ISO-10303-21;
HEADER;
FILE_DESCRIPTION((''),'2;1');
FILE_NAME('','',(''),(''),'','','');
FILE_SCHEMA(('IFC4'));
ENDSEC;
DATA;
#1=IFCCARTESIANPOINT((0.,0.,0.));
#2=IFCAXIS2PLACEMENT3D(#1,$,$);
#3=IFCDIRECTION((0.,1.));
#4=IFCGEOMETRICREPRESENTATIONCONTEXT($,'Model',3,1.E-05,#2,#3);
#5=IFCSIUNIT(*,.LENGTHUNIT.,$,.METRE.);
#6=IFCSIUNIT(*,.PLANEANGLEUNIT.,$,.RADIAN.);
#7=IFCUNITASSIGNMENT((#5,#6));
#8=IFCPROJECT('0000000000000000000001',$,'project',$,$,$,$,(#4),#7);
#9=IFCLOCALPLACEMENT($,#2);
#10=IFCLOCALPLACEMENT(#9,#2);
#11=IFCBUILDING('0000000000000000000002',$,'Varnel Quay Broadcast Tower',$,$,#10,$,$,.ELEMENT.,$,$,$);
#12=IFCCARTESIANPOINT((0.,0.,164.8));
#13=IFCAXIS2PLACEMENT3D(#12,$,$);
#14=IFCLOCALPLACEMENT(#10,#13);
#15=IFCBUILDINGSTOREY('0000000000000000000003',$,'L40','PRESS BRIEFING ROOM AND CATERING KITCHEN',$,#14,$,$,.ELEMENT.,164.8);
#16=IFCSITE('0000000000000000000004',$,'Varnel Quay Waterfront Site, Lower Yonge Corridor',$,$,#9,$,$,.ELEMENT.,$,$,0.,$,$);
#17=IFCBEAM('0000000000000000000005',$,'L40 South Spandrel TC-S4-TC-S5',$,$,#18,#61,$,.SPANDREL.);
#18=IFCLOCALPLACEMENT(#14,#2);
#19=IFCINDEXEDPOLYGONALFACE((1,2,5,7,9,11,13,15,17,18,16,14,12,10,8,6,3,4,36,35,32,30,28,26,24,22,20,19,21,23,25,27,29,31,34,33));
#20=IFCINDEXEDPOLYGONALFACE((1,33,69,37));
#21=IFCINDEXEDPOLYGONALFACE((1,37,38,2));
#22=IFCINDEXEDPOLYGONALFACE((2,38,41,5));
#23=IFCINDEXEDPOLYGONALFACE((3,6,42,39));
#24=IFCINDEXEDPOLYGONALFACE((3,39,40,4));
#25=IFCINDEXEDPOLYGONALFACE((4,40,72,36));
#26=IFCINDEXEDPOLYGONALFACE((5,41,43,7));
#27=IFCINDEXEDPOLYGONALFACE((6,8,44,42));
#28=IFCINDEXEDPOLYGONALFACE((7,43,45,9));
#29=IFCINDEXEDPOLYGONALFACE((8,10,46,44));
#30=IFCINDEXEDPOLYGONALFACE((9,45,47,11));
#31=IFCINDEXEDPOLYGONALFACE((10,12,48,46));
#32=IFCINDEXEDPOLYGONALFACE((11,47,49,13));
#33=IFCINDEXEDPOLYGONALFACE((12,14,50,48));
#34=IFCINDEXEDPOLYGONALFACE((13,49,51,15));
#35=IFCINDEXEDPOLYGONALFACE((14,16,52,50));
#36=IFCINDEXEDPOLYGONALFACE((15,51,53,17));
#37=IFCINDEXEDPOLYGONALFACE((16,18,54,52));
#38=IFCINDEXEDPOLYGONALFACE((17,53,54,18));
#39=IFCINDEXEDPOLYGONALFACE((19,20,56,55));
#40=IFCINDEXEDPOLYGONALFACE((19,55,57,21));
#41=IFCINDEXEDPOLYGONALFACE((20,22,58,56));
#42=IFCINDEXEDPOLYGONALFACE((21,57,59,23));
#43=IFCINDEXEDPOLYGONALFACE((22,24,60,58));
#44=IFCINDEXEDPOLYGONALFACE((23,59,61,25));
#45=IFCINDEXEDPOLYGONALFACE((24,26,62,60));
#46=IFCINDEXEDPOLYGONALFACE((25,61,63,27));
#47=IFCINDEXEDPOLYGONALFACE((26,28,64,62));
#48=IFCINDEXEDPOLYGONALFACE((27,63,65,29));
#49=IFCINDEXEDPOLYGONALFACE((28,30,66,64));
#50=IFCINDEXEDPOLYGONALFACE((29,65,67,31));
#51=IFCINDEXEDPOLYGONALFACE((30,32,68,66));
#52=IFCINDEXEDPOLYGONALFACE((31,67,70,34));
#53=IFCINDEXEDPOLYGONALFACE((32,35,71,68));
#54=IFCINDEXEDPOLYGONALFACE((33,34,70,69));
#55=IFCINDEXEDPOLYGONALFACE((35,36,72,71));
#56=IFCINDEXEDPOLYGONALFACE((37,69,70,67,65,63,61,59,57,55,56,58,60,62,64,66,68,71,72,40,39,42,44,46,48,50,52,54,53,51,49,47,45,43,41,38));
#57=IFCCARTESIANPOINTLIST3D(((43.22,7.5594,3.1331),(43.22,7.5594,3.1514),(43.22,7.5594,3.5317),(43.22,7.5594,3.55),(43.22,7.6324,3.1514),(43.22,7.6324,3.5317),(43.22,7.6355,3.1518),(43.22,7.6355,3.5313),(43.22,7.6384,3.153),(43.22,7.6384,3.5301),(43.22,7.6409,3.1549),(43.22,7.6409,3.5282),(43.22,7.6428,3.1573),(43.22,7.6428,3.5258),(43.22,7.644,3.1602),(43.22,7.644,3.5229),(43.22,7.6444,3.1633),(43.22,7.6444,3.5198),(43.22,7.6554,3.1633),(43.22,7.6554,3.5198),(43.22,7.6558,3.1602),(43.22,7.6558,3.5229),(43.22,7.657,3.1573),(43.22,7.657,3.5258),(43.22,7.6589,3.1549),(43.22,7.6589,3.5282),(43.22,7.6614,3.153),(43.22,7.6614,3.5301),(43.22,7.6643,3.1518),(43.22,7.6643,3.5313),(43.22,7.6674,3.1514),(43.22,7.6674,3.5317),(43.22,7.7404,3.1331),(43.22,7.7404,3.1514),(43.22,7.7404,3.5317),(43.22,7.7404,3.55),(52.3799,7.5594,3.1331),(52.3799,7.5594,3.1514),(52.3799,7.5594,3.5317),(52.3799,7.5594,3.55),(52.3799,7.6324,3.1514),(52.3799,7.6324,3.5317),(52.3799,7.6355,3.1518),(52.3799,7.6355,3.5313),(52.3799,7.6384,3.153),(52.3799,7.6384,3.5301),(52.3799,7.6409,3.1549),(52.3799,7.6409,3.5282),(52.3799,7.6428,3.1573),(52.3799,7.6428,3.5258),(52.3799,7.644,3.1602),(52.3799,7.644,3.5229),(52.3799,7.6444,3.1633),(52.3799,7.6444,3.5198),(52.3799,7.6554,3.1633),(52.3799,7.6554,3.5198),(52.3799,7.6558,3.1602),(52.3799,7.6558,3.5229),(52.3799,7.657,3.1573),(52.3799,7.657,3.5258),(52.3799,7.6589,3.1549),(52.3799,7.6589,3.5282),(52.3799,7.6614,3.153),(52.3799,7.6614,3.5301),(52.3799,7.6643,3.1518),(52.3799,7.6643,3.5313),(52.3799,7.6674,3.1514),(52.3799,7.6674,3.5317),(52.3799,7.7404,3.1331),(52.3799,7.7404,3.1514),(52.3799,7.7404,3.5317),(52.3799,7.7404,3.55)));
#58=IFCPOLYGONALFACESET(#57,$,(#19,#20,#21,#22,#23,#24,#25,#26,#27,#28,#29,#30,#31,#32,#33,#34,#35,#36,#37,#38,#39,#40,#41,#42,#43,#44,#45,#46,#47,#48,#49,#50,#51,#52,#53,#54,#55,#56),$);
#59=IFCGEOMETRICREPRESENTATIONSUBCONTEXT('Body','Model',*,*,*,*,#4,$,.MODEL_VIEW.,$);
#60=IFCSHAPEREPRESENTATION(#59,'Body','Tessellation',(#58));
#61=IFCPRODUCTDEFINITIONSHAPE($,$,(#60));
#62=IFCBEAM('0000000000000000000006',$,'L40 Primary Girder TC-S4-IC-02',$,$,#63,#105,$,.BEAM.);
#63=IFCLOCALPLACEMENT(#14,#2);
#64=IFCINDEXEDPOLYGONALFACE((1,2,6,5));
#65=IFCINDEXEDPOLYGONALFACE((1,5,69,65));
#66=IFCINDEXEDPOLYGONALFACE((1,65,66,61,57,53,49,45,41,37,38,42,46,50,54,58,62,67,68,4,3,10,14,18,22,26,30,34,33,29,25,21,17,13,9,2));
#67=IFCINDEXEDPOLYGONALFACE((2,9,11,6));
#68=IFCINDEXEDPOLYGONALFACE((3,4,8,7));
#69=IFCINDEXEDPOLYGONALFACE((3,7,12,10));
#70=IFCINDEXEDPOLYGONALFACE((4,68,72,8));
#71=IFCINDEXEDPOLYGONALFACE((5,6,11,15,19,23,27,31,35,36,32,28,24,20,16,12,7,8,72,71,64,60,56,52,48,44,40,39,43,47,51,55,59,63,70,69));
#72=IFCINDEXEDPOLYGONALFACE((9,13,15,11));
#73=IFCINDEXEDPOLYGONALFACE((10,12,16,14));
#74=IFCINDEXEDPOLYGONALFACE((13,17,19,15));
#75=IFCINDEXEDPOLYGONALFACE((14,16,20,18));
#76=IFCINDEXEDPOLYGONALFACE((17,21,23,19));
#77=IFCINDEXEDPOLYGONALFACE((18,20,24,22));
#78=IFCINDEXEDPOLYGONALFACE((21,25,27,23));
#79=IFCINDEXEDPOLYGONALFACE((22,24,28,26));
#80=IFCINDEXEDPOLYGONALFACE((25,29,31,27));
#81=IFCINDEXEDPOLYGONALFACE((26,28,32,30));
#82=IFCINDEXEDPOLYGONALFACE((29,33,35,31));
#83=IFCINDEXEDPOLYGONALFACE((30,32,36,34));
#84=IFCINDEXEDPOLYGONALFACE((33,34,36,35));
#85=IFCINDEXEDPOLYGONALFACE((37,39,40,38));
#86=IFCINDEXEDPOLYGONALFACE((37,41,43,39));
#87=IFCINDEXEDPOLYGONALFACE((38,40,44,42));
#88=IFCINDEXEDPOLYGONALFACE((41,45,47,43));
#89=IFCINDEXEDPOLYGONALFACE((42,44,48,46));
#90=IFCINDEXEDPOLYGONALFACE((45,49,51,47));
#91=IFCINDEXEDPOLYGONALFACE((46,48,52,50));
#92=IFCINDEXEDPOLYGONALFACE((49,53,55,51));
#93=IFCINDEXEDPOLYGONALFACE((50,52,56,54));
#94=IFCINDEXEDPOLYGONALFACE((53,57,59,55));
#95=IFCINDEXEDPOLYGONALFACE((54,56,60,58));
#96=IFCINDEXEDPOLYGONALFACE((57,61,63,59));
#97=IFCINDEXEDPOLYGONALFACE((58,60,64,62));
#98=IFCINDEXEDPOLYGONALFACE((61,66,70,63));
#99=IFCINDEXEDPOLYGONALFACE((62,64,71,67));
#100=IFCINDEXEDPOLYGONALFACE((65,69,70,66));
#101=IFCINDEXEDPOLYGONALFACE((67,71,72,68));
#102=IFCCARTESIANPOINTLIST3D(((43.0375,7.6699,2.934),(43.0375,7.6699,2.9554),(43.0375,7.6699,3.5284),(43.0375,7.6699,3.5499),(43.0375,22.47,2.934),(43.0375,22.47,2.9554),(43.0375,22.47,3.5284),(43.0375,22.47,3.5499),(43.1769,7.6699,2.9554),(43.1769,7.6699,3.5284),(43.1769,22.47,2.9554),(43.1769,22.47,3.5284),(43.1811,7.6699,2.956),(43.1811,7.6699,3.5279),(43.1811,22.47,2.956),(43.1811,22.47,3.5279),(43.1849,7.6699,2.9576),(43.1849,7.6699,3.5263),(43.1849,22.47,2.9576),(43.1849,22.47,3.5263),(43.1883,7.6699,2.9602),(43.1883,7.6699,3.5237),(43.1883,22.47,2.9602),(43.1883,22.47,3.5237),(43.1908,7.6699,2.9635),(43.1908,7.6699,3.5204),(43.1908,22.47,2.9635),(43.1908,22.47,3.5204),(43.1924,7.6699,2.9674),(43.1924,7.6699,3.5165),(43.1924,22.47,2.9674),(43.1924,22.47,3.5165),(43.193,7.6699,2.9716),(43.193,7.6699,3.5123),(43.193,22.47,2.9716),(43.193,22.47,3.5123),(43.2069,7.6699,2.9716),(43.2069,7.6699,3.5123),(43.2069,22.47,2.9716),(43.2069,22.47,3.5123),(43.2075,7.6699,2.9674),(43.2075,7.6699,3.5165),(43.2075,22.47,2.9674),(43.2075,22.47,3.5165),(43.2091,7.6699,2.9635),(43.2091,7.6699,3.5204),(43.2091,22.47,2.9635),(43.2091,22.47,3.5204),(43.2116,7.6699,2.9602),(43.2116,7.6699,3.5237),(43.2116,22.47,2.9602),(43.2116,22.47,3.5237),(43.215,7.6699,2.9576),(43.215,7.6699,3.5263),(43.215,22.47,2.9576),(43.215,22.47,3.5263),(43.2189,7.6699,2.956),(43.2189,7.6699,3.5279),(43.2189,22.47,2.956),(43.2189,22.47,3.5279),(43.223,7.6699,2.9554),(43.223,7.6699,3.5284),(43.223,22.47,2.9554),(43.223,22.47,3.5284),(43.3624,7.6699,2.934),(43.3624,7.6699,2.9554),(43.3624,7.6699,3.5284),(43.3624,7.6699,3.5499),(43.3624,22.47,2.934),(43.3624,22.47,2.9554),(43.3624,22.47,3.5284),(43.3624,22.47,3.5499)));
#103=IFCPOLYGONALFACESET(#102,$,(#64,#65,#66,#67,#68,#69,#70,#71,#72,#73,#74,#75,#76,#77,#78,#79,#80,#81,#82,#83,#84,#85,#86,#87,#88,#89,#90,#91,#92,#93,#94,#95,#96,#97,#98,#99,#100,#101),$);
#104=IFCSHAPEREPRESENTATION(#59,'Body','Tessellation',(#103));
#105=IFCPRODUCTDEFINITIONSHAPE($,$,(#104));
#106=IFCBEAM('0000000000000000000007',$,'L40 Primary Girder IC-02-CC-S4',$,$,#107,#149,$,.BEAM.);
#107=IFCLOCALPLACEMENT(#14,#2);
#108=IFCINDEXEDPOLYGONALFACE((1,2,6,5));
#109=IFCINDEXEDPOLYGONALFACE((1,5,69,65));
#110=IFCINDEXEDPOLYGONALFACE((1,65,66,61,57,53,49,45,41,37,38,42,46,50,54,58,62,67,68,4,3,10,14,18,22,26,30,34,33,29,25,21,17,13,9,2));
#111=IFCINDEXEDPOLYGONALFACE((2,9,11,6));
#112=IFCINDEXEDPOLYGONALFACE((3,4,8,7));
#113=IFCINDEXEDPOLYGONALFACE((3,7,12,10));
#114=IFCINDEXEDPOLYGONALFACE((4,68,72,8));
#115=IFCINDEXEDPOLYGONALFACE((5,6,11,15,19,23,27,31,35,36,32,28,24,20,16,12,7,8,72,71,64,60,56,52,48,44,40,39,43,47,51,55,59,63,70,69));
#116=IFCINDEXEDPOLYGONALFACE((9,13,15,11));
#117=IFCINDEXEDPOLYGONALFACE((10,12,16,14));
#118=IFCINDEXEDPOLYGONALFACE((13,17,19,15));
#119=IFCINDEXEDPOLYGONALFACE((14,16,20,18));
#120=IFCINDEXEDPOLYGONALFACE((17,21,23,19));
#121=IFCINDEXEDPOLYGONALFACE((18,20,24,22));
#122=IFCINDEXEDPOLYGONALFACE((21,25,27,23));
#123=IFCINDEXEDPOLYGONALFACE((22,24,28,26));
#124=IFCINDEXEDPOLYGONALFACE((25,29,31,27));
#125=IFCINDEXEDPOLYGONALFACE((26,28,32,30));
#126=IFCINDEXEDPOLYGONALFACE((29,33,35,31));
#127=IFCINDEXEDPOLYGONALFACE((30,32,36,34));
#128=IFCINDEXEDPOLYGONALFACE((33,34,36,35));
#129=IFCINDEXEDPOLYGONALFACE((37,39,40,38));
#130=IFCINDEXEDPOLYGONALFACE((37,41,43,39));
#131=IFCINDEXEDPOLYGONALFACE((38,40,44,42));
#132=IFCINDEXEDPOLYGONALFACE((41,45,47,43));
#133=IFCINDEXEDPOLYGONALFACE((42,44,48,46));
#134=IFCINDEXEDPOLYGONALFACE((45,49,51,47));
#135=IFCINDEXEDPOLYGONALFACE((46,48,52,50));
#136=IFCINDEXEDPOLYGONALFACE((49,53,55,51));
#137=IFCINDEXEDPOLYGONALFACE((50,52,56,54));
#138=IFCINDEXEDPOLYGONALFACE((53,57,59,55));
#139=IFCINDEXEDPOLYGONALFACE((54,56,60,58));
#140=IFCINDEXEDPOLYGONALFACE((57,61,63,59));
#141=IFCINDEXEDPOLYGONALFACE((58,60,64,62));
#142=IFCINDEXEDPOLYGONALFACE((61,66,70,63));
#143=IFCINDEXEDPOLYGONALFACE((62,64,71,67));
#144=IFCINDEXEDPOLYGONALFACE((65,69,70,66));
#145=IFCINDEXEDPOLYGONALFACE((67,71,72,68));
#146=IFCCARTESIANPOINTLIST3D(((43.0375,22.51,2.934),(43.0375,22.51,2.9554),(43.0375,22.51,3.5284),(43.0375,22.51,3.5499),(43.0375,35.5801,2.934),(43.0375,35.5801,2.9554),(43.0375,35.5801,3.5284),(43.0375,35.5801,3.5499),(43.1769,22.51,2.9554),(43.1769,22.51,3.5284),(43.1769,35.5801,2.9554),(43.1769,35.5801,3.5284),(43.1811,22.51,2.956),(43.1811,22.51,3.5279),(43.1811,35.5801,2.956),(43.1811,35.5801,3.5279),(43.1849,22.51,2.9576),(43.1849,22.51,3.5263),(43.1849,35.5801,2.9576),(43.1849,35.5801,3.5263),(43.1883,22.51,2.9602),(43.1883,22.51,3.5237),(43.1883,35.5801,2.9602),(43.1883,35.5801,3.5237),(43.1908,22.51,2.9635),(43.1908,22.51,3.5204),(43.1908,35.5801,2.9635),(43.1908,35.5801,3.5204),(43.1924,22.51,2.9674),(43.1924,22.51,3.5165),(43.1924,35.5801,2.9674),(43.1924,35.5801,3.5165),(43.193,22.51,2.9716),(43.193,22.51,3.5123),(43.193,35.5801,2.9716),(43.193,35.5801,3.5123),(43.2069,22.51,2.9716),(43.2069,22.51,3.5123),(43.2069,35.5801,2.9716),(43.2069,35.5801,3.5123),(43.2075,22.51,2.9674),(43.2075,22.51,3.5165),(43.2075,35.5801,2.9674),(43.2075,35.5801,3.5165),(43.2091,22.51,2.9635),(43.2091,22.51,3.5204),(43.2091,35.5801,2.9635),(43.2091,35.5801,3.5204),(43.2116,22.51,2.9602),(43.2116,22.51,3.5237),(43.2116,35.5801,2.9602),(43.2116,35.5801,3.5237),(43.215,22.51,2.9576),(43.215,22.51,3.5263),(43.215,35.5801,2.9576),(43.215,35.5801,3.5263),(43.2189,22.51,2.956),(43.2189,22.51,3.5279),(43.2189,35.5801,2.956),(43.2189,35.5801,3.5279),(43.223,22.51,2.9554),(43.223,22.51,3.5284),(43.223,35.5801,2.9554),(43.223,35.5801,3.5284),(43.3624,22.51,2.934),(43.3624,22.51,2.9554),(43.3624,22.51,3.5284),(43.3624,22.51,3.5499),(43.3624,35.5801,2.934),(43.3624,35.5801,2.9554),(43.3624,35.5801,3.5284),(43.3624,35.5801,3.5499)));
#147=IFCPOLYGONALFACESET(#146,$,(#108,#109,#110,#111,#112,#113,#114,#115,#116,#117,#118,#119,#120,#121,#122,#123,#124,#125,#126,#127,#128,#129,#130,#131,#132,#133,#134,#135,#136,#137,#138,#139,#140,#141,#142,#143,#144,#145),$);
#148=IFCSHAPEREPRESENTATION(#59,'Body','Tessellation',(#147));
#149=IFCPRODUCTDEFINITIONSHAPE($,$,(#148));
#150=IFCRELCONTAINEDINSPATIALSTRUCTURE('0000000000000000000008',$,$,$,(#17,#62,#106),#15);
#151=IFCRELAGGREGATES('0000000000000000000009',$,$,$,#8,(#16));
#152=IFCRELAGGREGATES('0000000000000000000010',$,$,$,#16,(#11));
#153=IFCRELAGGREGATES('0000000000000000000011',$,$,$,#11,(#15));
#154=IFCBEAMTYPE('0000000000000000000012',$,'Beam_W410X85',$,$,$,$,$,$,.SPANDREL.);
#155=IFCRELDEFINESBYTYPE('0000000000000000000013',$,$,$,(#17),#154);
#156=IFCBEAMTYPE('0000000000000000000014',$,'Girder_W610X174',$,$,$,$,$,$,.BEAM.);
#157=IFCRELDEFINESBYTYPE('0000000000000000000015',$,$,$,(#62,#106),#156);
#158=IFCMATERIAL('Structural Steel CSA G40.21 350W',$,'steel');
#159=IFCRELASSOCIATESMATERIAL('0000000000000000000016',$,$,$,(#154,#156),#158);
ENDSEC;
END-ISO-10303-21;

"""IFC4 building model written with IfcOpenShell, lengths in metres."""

from ifc_helpers import new_model, si_unit, direction, frame, origin, origin_2d, place, context, subcontext, project, spatial, i_section, extrude, source, transform, mapped, material, material_profile, profile_set, type_object, type_shapes, element, save


model = new_model("IFC4")

# Units and contexts
model_context = context("Model", 3, precision=1e-05, world=origin(), true_north=direction((0.0, 1.0)))
body_context = subcontext(model_context, "Body", "Model", "MODEL_VIEW")
ifc_project = project(units=[si_unit("LENGTHUNIT", "METRE"), si_unit("PLANEANGLEUNIT", "RADIAN")], contexts=[model_context])

# Site, building, storey
site_placement = place(None, origin())
site = spatial("IfcSite", under=ifc_project, at=site_placement, Name="Varnel Quay Waterfront Site, Lower Yonge Corridor", CompositionType="ELEMENT", RefElevation=0.0)
building_placement = place(site_placement, origin())
building = spatial("IfcBuilding", under=site, at=building_placement, Name="Varnel Quay Broadcast Tower", CompositionType="ELEMENT")
storey_placement = place(building_placement, frame((0.0, 0.0, 164.8)))
storey = spatial("IfcBuildingStorey", under=building, at=storey_placement, Name="L40", Description="PRESS BRIEFING ROOM AND CATERING KITCHEN", CompositionType="ELEMENT", Elevation=164.8)

# Shared definitions
ifc_material_1 = material(Name="Structural Steel CSA G40.21 350W", Category="steel")

# Beams
ifc_material_profile_1 = material_profile(ifc_material_1, i_section(OverallWidth=0.1809, OverallDepth=0.417, WebThickness=0.011, FlangeThickness=0.0183, FilletRadius=0.012, at=origin_2d()), Name="W410X85")
ifc_profile_set_1 = profile_set([ifc_material_profile_1], Name="Structural Steel CSA G40.21 350W")
beam_type_1 = type_object("IfcBeamType", Name="Beam_W410X85", PredefinedType="SPANDREL", material=ifc_profile_set_1)
shared_shape_1 = source(origin(), body_context, "Body", "SweptSolid", [
    extrude(i_section(OverallWidth=0.1809, OverallDepth=0.417, WebThickness=0.011, FlangeThickness=0.0183, FilletRadius=0.012, at=origin_2d()), origin(), (0.0, 0.0, 1.0), 9.1599),
])
type_shapes(beam_type_1, [shared_shape_1])
for number, where, z_axis, x_axis, name in (
    (1, (43.22, 7.6499, 3.3416), (1.0, 0.0, 0.0), (0.0, 1.0, 0.0), "L40 South Spandrel TC-S4-TC-S5"),
):
    element("IfcBeam", number, at=place(storey_placement, frame(where, z_axis=z_axis, x_axis=x_axis)), inside=storey, type_object=beam_type_1, Name=name, PredefinedType="SPANDREL", context=body_context, shape_type="MappedRepresentation", body=[
        mapped(shared_shape_1, transform((0.0, 0.0, 0.0), x_axis=(1.0, 0.0, 0.0), y_axis=(0.0, 1.0, 0.0), z_axis=(0.0, 0.0, 1.0), scale=1.0)),
    ])
ifc_material_profile_2 = material_profile(ifc_material_1, i_section(OverallWidth=0.325, OverallDepth=0.616, WebThickness=0.0139, FlangeThickness=0.0215, FilletRadius=0.0161, at=origin_2d()), Name="W610X174")
ifc_profile_set_2 = profile_set([ifc_material_profile_2], Name="Structural Steel CSA G40.21 350W")
beam_type_2 = type_object("IfcBeamType", Name="Girder_W610X174", PredefinedType="BEAM", material=ifc_profile_set_2)
shared_shape_2 = source(origin(), body_context, "Body", "SweptSolid", [
    extrude(i_section(OverallWidth=0.325, OverallDepth=0.616, WebThickness=0.0139, FlangeThickness=0.0215, FilletRadius=0.0161, at=origin_2d()), origin(), (0.0, 0.0, 1.0), 14.8),
])
beam_1_placement = place(storey_placement, frame((43.2, 7.6699, 3.2419), z_axis=(0.0, 1.0, 0.0), x_axis=(-1.0, 0.0, 0.0)))
element("IfcBeam", 2, at=beam_1_placement, inside=storey, type_object=beam_type_2, Name="L40 Primary Girder TC-S4-IC-02", PredefinedType="BEAM", context=body_context, shape_type="MappedRepresentation", body=[
    mapped(shared_shape_2, transform((0.0, 0.0, 0.0), x_axis=(1.0, 0.0, 0.0), y_axis=(0.0, 1.0, 0.0), z_axis=(0.0, 0.0, 1.0), scale=1.0)),
])
shared_shape_3 = source(origin(), body_context, "Body", "SweptSolid", [
    extrude(i_section(OverallWidth=0.325, OverallDepth=0.616, WebThickness=0.0139, FlangeThickness=0.0215, FilletRadius=0.0161, at=origin_2d()), origin(), (0.0, 0.0, 1.0), 13.0701),
])
beam_2_placement = place(storey_placement, frame((43.2, 22.51, 3.2419), z_axis=(0.0, 1.0, 0.0), x_axis=(-1.0, 0.0, 0.0)))
element("IfcBeam", 3, at=beam_2_placement, inside=storey, type_object=beam_type_2, Name="L40 Primary Girder IC-02-CC-S4", PredefinedType="BEAM", context=body_context, shape_type="MappedRepresentation", body=[
    mapped(shared_shape_3, transform((0.0, 0.0, 0.0), x_axis=(1.0, 0.0, 0.0), y_axis=(0.0, 1.0, 0.0), z_axis=(0.0, 0.0, 1.0), scale=1.0)),
])

save(model, "model.ifc")
